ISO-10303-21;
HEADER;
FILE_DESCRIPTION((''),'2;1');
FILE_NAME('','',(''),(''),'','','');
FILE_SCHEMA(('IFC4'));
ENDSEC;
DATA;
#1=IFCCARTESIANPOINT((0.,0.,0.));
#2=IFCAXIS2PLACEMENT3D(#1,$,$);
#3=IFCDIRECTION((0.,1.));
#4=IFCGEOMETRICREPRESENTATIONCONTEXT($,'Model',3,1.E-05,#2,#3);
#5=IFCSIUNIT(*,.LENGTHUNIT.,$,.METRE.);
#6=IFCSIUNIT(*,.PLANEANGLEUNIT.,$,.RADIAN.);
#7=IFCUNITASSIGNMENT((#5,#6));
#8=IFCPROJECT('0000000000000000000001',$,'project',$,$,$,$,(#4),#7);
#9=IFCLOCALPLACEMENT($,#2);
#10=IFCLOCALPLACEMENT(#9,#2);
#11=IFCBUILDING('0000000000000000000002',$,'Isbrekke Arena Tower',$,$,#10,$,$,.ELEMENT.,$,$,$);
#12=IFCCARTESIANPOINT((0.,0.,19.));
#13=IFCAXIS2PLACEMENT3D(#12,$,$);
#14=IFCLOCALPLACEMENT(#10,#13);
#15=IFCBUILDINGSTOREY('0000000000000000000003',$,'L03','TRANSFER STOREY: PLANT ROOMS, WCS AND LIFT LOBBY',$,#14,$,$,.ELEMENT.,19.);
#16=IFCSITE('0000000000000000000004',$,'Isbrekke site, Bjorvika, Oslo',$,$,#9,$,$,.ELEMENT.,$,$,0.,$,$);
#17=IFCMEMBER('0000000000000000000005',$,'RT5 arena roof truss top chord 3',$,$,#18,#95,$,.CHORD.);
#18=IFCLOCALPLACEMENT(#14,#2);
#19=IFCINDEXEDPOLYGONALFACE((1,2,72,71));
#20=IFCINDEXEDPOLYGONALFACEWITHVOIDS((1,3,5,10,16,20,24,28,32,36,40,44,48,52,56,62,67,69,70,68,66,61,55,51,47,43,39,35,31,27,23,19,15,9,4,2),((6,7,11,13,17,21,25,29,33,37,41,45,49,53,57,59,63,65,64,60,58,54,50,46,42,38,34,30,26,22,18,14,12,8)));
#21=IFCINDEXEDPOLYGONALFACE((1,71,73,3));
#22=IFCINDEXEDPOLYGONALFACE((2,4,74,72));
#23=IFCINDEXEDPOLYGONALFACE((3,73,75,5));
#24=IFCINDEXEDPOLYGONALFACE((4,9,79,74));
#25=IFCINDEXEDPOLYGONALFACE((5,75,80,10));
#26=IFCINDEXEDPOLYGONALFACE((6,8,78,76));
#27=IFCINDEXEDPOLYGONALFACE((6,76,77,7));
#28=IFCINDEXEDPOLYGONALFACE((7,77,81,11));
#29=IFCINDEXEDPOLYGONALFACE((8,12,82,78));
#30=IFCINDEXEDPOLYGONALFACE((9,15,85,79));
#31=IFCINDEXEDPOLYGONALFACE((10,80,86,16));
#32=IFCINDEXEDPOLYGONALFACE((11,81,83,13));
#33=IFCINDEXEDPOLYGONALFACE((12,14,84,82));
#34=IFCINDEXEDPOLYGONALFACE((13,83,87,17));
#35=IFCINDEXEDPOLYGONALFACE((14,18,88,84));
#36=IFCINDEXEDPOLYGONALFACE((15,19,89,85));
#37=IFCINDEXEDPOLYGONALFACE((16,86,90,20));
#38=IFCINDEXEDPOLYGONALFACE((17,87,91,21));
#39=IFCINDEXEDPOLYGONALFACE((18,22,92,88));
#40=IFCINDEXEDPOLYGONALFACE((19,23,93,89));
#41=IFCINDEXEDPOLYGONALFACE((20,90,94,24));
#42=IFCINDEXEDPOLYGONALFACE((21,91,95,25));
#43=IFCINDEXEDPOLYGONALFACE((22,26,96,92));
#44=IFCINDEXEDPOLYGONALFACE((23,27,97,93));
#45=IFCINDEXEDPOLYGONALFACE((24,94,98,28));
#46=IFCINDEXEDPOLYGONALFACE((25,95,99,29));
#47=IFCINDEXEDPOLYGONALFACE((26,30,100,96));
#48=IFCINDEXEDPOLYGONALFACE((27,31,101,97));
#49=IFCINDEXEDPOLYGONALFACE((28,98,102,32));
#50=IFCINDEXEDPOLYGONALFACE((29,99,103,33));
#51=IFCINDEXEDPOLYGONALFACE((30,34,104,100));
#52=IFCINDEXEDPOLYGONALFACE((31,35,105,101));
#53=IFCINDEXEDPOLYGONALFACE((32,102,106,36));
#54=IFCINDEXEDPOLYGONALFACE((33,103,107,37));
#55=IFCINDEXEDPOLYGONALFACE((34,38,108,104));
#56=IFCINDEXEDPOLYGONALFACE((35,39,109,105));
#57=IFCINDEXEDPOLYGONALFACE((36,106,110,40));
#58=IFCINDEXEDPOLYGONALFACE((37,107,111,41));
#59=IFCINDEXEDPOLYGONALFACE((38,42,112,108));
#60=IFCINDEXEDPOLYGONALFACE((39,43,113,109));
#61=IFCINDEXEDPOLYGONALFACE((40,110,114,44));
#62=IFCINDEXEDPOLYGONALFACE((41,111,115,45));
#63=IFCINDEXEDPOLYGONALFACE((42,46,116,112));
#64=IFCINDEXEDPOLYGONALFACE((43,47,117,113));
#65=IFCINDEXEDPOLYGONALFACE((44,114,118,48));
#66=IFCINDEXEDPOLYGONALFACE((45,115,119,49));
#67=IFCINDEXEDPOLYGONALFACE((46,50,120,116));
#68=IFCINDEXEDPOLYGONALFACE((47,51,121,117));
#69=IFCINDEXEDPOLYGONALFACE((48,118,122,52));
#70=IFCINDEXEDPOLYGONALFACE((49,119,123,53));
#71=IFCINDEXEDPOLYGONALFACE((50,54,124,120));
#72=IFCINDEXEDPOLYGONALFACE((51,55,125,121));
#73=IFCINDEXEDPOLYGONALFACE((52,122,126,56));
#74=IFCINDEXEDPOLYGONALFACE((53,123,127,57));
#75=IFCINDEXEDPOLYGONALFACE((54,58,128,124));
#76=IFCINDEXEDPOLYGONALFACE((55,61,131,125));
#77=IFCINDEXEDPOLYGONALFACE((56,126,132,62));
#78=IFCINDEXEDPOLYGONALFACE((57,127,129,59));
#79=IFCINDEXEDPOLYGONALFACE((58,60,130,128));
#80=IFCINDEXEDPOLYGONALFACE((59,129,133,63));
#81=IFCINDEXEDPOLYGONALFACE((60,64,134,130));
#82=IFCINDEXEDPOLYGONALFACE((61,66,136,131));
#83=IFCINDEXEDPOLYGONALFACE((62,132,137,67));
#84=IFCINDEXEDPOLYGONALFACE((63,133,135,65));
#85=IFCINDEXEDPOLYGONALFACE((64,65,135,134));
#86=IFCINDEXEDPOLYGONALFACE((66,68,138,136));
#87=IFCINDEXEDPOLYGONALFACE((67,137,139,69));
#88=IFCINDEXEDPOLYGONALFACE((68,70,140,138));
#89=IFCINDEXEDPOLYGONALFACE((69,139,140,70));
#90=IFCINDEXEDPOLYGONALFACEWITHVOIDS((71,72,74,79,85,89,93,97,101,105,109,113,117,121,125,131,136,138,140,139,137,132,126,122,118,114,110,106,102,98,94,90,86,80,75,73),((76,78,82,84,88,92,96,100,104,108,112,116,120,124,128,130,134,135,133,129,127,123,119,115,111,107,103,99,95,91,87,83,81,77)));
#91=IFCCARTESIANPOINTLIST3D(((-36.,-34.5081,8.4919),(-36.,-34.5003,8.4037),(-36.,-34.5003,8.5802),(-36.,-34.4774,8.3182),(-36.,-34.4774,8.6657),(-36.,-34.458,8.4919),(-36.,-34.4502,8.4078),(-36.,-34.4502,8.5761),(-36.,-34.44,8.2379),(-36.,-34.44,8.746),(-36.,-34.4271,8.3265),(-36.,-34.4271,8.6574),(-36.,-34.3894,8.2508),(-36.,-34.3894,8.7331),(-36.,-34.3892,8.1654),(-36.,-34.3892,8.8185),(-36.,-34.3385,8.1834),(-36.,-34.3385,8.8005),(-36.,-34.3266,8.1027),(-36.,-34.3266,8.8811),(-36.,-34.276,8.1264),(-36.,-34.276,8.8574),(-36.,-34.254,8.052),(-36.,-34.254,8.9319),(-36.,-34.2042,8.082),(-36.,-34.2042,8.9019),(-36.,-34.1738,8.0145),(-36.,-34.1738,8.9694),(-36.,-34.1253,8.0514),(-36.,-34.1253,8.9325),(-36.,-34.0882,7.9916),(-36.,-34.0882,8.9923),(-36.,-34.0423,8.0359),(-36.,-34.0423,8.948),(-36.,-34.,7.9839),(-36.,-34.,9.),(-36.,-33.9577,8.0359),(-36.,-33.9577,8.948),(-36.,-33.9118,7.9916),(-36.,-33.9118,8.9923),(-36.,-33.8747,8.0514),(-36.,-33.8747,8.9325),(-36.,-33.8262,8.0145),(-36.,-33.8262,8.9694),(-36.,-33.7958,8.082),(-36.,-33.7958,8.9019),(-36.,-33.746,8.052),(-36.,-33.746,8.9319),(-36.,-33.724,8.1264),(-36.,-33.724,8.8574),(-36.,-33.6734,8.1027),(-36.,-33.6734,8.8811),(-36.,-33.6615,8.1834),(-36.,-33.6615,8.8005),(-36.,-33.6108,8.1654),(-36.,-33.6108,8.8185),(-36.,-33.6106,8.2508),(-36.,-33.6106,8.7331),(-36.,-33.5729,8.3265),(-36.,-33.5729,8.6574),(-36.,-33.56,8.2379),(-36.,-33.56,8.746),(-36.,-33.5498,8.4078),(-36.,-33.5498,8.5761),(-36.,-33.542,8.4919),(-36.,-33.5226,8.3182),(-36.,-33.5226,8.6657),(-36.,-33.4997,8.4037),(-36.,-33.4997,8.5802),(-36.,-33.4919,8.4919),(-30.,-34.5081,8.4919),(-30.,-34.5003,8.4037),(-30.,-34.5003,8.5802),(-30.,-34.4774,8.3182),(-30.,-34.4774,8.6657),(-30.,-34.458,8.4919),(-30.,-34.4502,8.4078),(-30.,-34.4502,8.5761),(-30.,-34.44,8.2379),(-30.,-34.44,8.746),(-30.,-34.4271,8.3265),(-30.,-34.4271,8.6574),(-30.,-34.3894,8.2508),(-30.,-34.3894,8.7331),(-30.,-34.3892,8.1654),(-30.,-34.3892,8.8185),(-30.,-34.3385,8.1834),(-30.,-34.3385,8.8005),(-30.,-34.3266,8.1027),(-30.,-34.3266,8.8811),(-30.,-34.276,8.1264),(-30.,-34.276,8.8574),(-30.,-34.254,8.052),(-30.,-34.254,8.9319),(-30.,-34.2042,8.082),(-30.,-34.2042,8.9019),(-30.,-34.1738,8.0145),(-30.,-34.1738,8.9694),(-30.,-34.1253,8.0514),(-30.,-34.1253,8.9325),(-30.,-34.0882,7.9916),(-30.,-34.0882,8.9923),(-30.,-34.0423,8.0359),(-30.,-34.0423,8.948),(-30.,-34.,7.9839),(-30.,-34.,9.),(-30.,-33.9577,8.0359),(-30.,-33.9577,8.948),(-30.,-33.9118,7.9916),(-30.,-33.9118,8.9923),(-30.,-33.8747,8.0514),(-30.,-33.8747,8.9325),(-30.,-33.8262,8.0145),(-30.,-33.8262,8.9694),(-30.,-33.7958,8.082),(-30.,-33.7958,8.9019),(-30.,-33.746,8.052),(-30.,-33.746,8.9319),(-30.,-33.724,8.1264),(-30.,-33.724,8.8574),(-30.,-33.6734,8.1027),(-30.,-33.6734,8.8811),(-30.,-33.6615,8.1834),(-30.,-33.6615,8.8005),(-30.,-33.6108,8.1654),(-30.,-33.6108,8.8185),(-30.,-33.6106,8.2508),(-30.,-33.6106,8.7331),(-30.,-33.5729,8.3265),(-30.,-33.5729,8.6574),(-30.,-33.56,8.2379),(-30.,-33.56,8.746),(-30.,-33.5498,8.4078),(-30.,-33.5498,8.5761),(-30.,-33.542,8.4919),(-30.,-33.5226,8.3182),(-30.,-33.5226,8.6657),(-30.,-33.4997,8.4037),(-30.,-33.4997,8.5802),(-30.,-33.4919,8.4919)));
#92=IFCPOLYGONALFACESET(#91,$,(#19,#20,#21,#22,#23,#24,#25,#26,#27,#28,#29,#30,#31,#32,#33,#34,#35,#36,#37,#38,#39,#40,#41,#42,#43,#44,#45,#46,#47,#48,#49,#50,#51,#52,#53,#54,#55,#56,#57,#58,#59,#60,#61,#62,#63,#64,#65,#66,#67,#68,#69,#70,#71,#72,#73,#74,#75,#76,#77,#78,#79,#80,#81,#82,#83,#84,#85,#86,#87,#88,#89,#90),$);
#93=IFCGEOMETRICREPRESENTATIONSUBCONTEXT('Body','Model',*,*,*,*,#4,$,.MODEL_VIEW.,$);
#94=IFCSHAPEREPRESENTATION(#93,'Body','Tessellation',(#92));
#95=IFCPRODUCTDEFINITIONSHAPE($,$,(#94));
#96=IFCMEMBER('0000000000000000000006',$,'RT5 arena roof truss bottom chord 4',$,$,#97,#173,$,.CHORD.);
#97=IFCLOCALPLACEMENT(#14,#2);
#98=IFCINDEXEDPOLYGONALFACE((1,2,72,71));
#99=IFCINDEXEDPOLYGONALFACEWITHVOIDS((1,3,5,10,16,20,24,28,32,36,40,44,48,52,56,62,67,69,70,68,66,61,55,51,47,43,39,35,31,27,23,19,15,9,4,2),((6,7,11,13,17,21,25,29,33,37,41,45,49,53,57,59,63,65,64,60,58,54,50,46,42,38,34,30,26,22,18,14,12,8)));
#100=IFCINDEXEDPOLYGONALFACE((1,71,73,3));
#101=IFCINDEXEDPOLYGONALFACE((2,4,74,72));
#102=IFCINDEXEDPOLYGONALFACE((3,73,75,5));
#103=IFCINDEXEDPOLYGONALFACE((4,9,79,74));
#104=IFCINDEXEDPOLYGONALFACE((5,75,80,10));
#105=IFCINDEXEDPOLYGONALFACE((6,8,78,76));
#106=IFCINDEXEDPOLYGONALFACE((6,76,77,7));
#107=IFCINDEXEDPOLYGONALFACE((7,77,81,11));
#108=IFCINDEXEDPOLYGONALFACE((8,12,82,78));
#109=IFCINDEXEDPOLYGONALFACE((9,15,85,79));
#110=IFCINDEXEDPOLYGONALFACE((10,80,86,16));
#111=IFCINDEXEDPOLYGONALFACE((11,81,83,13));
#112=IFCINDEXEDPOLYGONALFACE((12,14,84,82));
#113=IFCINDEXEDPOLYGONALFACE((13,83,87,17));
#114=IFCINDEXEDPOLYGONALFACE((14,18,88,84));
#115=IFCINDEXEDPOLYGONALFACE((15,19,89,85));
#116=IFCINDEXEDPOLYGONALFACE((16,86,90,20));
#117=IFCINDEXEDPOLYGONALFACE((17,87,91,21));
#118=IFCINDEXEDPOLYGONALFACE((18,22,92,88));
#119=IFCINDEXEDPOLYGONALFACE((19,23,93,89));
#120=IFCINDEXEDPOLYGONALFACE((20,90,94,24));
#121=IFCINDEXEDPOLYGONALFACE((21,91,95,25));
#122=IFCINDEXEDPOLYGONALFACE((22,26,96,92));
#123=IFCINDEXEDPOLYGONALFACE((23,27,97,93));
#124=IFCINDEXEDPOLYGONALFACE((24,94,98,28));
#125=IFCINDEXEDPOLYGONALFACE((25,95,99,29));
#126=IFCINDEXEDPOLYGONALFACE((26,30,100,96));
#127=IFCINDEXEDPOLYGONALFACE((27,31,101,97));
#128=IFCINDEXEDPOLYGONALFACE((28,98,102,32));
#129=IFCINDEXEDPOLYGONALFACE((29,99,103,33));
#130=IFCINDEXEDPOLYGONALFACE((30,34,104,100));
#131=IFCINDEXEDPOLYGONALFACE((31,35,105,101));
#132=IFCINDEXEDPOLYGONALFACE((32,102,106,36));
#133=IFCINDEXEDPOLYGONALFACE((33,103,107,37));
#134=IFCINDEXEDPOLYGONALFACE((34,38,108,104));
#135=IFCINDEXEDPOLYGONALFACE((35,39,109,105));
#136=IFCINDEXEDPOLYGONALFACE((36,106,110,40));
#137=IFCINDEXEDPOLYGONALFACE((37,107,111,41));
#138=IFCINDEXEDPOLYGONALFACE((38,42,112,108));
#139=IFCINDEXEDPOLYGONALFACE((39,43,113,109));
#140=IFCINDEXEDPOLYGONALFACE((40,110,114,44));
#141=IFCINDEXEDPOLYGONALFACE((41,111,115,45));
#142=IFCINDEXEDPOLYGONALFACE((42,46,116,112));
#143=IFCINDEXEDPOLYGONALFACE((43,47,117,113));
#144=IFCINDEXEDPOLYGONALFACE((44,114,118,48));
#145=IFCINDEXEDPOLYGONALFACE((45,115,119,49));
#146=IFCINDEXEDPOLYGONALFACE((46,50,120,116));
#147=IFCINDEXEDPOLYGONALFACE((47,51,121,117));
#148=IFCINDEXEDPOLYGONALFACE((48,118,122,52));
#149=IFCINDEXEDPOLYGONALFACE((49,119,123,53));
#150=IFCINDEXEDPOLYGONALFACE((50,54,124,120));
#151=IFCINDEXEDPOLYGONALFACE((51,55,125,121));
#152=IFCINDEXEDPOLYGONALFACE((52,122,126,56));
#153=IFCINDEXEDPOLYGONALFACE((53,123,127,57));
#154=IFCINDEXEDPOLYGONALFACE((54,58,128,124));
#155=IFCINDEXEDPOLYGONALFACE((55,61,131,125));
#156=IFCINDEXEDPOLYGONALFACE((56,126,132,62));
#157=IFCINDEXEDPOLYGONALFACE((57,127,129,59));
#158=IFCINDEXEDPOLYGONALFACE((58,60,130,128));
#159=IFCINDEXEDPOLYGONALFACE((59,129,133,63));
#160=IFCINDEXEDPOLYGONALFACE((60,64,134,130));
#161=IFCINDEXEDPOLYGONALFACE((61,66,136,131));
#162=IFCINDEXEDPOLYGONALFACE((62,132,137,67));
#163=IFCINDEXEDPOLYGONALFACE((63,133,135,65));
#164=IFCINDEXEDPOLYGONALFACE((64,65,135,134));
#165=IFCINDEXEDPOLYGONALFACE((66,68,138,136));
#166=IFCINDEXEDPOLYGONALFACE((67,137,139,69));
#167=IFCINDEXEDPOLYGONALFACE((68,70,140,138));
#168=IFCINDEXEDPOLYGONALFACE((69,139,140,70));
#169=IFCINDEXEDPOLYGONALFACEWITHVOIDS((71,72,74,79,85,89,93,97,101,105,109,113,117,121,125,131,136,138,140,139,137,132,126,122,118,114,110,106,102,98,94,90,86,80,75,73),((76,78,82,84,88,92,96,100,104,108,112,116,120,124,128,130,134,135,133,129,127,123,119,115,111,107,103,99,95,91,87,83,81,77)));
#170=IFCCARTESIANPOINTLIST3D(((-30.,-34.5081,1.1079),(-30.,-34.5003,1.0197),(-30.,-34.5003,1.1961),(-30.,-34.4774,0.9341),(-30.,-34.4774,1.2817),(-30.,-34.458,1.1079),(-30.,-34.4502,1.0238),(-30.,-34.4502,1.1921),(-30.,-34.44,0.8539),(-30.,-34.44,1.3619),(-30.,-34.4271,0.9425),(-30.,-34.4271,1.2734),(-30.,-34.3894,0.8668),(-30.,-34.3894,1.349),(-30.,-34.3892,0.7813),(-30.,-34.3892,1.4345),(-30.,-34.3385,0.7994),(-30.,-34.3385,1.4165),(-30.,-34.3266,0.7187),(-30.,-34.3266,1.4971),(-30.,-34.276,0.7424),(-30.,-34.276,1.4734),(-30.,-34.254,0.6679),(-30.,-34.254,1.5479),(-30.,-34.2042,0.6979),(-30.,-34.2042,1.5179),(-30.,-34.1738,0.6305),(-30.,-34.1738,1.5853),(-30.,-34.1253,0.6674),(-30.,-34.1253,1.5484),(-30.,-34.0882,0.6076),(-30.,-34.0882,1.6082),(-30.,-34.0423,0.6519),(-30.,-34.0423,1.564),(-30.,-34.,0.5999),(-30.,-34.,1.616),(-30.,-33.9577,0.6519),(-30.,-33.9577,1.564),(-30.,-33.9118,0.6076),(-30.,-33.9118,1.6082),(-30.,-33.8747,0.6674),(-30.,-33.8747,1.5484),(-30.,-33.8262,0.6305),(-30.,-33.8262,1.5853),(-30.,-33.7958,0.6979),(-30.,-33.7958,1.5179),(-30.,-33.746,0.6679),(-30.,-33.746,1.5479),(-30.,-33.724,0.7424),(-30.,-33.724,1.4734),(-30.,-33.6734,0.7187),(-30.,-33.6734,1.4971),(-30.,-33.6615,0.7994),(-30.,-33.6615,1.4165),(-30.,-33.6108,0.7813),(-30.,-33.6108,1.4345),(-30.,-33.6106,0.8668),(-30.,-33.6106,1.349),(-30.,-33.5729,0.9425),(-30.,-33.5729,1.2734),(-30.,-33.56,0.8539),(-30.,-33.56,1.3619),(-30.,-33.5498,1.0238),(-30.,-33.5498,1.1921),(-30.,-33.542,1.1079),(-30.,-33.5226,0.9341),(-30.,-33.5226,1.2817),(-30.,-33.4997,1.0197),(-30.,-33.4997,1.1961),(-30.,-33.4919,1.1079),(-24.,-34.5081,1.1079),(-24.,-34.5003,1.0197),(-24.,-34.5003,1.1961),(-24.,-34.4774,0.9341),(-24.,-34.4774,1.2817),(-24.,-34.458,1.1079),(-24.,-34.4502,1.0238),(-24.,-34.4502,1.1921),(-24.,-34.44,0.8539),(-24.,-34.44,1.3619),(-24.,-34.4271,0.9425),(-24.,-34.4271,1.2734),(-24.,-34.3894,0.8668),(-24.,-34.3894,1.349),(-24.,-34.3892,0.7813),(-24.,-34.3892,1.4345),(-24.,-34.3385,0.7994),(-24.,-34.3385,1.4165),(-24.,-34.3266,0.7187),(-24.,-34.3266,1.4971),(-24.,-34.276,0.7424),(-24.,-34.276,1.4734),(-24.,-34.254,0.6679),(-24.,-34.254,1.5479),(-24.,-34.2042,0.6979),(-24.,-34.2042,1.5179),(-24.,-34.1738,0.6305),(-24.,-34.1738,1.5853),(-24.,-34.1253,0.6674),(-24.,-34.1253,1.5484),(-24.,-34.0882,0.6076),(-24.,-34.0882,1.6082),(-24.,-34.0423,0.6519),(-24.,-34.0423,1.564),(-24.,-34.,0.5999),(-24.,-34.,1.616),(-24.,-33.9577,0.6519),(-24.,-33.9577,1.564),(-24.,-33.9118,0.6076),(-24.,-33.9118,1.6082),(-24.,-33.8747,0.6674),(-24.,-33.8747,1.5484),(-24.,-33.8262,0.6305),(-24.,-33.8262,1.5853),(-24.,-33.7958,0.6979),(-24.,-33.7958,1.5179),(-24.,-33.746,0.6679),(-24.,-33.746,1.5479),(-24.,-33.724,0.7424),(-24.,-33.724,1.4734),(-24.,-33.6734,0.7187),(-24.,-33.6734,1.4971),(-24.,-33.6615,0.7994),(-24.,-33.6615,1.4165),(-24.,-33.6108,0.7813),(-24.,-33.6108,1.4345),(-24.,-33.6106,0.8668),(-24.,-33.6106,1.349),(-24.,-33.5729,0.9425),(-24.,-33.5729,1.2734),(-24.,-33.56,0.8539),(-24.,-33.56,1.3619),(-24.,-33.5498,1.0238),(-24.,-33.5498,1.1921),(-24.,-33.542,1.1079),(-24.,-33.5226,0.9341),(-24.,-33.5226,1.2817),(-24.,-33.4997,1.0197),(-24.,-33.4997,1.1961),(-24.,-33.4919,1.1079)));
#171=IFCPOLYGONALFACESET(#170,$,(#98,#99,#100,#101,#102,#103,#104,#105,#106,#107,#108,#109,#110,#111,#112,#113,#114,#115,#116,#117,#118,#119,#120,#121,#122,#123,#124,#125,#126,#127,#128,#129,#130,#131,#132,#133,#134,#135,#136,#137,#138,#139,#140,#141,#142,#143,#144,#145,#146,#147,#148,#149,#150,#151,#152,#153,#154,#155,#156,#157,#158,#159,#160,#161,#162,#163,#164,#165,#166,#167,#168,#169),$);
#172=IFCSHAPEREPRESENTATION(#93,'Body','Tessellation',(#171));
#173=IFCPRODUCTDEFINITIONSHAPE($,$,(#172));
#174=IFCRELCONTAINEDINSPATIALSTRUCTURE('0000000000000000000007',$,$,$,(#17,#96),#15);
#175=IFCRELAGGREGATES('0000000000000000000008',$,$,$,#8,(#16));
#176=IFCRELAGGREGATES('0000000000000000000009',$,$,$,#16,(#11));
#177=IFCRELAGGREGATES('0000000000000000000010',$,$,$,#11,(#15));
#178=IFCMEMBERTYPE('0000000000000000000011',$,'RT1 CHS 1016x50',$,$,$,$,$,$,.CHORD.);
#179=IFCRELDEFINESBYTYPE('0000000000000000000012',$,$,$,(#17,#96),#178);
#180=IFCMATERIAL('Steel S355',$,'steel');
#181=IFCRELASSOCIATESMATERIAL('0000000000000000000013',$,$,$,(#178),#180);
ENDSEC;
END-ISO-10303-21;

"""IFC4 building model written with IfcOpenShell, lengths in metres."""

from ifc_helpers import new_model, si_unit, direction, frame, origin, origin_2d, place, context, subcontext, project, spatial, hollow_circle, extrude, material, material_profile, profile_set, type_object, element, save


model = new_model("IFC4")

# Units and contexts
model_context = context("Model", 3, precision=1e-05, world=origin(), true_north=direction((0.0, 1.0)))
body_context = subcontext(model_context, "Body", "Model", "MODEL_VIEW")
ifc_project = project(units=[si_unit("LENGTHUNIT", "METRE"), si_unit("PLANEANGLEUNIT", "RADIAN")], contexts=[model_context])

# Site, building, storey
site_placement = place(None, origin())
site = spatial("IfcSite", under=ifc_project, at=site_placement, Name="Isbrekke site, Bjorvika, Oslo", CompositionType="ELEMENT", RefElevation=0.0)
building_placement = place(site_placement, origin())
building = spatial("IfcBuilding", under=site, at=building_placement, Name="Isbrekke Arena Tower", CompositionType="ELEMENT")
storey_placement = place(building_placement, frame((0.0, 0.0, 19.0)))
storey = spatial("IfcBuildingStorey", under=building, at=storey_placement, Name="L03", Description="TRANSFER STOREY: PLANT ROOMS, WCS AND LIFT LOBBY", CompositionType="ELEMENT", Elevation=19.0)

# Members
ifc_material_1 = material(Name="Steel S355", Category="steel")
ifc_material_profile_1 = material_profile(ifc_material_1, hollow_circle(Radius=0.5081, WallThickness=0.05, at=origin_2d()), Name="CHS 1016x50")
ifc_profile_set_1 = profile_set([ifc_material_profile_1], Name="Steel S355")
member_type_1 = type_object("IfcMemberType", Name="RT1 CHS 1016x50", PredefinedType="CHORD", material=ifc_profile_set_1)
for number, where, z_axis, x_axis, name in (
    (1, (-36.0, -34.0, 8.4919), (1.0, 0.0, 0.0), (0.0, 1.0, 0.0), "RT5 arena roof truss top chord 3"),
    (2, (-30.0, -34.0, 1.1079), (1.0, 0.0, 0.0), (0.0, 1.0, 0.0), "RT5 arena roof truss bottom chord 4"),
):
    element("IfcMember", number, at=place(storey_placement, frame(where, z_axis=z_axis, x_axis=x_axis)), inside=storey, type_object=member_type_1, Name=name, PredefinedType="CHORD", context=body_context, shape_type="SweptSolid", body=[
        extrude(hollow_circle(Radius=0.5081, WallThickness=0.05, at=origin_2d()), origin(), (0.0, 0.0, 1.0), 6.0),
    ])

save(model, "model.ifc")
